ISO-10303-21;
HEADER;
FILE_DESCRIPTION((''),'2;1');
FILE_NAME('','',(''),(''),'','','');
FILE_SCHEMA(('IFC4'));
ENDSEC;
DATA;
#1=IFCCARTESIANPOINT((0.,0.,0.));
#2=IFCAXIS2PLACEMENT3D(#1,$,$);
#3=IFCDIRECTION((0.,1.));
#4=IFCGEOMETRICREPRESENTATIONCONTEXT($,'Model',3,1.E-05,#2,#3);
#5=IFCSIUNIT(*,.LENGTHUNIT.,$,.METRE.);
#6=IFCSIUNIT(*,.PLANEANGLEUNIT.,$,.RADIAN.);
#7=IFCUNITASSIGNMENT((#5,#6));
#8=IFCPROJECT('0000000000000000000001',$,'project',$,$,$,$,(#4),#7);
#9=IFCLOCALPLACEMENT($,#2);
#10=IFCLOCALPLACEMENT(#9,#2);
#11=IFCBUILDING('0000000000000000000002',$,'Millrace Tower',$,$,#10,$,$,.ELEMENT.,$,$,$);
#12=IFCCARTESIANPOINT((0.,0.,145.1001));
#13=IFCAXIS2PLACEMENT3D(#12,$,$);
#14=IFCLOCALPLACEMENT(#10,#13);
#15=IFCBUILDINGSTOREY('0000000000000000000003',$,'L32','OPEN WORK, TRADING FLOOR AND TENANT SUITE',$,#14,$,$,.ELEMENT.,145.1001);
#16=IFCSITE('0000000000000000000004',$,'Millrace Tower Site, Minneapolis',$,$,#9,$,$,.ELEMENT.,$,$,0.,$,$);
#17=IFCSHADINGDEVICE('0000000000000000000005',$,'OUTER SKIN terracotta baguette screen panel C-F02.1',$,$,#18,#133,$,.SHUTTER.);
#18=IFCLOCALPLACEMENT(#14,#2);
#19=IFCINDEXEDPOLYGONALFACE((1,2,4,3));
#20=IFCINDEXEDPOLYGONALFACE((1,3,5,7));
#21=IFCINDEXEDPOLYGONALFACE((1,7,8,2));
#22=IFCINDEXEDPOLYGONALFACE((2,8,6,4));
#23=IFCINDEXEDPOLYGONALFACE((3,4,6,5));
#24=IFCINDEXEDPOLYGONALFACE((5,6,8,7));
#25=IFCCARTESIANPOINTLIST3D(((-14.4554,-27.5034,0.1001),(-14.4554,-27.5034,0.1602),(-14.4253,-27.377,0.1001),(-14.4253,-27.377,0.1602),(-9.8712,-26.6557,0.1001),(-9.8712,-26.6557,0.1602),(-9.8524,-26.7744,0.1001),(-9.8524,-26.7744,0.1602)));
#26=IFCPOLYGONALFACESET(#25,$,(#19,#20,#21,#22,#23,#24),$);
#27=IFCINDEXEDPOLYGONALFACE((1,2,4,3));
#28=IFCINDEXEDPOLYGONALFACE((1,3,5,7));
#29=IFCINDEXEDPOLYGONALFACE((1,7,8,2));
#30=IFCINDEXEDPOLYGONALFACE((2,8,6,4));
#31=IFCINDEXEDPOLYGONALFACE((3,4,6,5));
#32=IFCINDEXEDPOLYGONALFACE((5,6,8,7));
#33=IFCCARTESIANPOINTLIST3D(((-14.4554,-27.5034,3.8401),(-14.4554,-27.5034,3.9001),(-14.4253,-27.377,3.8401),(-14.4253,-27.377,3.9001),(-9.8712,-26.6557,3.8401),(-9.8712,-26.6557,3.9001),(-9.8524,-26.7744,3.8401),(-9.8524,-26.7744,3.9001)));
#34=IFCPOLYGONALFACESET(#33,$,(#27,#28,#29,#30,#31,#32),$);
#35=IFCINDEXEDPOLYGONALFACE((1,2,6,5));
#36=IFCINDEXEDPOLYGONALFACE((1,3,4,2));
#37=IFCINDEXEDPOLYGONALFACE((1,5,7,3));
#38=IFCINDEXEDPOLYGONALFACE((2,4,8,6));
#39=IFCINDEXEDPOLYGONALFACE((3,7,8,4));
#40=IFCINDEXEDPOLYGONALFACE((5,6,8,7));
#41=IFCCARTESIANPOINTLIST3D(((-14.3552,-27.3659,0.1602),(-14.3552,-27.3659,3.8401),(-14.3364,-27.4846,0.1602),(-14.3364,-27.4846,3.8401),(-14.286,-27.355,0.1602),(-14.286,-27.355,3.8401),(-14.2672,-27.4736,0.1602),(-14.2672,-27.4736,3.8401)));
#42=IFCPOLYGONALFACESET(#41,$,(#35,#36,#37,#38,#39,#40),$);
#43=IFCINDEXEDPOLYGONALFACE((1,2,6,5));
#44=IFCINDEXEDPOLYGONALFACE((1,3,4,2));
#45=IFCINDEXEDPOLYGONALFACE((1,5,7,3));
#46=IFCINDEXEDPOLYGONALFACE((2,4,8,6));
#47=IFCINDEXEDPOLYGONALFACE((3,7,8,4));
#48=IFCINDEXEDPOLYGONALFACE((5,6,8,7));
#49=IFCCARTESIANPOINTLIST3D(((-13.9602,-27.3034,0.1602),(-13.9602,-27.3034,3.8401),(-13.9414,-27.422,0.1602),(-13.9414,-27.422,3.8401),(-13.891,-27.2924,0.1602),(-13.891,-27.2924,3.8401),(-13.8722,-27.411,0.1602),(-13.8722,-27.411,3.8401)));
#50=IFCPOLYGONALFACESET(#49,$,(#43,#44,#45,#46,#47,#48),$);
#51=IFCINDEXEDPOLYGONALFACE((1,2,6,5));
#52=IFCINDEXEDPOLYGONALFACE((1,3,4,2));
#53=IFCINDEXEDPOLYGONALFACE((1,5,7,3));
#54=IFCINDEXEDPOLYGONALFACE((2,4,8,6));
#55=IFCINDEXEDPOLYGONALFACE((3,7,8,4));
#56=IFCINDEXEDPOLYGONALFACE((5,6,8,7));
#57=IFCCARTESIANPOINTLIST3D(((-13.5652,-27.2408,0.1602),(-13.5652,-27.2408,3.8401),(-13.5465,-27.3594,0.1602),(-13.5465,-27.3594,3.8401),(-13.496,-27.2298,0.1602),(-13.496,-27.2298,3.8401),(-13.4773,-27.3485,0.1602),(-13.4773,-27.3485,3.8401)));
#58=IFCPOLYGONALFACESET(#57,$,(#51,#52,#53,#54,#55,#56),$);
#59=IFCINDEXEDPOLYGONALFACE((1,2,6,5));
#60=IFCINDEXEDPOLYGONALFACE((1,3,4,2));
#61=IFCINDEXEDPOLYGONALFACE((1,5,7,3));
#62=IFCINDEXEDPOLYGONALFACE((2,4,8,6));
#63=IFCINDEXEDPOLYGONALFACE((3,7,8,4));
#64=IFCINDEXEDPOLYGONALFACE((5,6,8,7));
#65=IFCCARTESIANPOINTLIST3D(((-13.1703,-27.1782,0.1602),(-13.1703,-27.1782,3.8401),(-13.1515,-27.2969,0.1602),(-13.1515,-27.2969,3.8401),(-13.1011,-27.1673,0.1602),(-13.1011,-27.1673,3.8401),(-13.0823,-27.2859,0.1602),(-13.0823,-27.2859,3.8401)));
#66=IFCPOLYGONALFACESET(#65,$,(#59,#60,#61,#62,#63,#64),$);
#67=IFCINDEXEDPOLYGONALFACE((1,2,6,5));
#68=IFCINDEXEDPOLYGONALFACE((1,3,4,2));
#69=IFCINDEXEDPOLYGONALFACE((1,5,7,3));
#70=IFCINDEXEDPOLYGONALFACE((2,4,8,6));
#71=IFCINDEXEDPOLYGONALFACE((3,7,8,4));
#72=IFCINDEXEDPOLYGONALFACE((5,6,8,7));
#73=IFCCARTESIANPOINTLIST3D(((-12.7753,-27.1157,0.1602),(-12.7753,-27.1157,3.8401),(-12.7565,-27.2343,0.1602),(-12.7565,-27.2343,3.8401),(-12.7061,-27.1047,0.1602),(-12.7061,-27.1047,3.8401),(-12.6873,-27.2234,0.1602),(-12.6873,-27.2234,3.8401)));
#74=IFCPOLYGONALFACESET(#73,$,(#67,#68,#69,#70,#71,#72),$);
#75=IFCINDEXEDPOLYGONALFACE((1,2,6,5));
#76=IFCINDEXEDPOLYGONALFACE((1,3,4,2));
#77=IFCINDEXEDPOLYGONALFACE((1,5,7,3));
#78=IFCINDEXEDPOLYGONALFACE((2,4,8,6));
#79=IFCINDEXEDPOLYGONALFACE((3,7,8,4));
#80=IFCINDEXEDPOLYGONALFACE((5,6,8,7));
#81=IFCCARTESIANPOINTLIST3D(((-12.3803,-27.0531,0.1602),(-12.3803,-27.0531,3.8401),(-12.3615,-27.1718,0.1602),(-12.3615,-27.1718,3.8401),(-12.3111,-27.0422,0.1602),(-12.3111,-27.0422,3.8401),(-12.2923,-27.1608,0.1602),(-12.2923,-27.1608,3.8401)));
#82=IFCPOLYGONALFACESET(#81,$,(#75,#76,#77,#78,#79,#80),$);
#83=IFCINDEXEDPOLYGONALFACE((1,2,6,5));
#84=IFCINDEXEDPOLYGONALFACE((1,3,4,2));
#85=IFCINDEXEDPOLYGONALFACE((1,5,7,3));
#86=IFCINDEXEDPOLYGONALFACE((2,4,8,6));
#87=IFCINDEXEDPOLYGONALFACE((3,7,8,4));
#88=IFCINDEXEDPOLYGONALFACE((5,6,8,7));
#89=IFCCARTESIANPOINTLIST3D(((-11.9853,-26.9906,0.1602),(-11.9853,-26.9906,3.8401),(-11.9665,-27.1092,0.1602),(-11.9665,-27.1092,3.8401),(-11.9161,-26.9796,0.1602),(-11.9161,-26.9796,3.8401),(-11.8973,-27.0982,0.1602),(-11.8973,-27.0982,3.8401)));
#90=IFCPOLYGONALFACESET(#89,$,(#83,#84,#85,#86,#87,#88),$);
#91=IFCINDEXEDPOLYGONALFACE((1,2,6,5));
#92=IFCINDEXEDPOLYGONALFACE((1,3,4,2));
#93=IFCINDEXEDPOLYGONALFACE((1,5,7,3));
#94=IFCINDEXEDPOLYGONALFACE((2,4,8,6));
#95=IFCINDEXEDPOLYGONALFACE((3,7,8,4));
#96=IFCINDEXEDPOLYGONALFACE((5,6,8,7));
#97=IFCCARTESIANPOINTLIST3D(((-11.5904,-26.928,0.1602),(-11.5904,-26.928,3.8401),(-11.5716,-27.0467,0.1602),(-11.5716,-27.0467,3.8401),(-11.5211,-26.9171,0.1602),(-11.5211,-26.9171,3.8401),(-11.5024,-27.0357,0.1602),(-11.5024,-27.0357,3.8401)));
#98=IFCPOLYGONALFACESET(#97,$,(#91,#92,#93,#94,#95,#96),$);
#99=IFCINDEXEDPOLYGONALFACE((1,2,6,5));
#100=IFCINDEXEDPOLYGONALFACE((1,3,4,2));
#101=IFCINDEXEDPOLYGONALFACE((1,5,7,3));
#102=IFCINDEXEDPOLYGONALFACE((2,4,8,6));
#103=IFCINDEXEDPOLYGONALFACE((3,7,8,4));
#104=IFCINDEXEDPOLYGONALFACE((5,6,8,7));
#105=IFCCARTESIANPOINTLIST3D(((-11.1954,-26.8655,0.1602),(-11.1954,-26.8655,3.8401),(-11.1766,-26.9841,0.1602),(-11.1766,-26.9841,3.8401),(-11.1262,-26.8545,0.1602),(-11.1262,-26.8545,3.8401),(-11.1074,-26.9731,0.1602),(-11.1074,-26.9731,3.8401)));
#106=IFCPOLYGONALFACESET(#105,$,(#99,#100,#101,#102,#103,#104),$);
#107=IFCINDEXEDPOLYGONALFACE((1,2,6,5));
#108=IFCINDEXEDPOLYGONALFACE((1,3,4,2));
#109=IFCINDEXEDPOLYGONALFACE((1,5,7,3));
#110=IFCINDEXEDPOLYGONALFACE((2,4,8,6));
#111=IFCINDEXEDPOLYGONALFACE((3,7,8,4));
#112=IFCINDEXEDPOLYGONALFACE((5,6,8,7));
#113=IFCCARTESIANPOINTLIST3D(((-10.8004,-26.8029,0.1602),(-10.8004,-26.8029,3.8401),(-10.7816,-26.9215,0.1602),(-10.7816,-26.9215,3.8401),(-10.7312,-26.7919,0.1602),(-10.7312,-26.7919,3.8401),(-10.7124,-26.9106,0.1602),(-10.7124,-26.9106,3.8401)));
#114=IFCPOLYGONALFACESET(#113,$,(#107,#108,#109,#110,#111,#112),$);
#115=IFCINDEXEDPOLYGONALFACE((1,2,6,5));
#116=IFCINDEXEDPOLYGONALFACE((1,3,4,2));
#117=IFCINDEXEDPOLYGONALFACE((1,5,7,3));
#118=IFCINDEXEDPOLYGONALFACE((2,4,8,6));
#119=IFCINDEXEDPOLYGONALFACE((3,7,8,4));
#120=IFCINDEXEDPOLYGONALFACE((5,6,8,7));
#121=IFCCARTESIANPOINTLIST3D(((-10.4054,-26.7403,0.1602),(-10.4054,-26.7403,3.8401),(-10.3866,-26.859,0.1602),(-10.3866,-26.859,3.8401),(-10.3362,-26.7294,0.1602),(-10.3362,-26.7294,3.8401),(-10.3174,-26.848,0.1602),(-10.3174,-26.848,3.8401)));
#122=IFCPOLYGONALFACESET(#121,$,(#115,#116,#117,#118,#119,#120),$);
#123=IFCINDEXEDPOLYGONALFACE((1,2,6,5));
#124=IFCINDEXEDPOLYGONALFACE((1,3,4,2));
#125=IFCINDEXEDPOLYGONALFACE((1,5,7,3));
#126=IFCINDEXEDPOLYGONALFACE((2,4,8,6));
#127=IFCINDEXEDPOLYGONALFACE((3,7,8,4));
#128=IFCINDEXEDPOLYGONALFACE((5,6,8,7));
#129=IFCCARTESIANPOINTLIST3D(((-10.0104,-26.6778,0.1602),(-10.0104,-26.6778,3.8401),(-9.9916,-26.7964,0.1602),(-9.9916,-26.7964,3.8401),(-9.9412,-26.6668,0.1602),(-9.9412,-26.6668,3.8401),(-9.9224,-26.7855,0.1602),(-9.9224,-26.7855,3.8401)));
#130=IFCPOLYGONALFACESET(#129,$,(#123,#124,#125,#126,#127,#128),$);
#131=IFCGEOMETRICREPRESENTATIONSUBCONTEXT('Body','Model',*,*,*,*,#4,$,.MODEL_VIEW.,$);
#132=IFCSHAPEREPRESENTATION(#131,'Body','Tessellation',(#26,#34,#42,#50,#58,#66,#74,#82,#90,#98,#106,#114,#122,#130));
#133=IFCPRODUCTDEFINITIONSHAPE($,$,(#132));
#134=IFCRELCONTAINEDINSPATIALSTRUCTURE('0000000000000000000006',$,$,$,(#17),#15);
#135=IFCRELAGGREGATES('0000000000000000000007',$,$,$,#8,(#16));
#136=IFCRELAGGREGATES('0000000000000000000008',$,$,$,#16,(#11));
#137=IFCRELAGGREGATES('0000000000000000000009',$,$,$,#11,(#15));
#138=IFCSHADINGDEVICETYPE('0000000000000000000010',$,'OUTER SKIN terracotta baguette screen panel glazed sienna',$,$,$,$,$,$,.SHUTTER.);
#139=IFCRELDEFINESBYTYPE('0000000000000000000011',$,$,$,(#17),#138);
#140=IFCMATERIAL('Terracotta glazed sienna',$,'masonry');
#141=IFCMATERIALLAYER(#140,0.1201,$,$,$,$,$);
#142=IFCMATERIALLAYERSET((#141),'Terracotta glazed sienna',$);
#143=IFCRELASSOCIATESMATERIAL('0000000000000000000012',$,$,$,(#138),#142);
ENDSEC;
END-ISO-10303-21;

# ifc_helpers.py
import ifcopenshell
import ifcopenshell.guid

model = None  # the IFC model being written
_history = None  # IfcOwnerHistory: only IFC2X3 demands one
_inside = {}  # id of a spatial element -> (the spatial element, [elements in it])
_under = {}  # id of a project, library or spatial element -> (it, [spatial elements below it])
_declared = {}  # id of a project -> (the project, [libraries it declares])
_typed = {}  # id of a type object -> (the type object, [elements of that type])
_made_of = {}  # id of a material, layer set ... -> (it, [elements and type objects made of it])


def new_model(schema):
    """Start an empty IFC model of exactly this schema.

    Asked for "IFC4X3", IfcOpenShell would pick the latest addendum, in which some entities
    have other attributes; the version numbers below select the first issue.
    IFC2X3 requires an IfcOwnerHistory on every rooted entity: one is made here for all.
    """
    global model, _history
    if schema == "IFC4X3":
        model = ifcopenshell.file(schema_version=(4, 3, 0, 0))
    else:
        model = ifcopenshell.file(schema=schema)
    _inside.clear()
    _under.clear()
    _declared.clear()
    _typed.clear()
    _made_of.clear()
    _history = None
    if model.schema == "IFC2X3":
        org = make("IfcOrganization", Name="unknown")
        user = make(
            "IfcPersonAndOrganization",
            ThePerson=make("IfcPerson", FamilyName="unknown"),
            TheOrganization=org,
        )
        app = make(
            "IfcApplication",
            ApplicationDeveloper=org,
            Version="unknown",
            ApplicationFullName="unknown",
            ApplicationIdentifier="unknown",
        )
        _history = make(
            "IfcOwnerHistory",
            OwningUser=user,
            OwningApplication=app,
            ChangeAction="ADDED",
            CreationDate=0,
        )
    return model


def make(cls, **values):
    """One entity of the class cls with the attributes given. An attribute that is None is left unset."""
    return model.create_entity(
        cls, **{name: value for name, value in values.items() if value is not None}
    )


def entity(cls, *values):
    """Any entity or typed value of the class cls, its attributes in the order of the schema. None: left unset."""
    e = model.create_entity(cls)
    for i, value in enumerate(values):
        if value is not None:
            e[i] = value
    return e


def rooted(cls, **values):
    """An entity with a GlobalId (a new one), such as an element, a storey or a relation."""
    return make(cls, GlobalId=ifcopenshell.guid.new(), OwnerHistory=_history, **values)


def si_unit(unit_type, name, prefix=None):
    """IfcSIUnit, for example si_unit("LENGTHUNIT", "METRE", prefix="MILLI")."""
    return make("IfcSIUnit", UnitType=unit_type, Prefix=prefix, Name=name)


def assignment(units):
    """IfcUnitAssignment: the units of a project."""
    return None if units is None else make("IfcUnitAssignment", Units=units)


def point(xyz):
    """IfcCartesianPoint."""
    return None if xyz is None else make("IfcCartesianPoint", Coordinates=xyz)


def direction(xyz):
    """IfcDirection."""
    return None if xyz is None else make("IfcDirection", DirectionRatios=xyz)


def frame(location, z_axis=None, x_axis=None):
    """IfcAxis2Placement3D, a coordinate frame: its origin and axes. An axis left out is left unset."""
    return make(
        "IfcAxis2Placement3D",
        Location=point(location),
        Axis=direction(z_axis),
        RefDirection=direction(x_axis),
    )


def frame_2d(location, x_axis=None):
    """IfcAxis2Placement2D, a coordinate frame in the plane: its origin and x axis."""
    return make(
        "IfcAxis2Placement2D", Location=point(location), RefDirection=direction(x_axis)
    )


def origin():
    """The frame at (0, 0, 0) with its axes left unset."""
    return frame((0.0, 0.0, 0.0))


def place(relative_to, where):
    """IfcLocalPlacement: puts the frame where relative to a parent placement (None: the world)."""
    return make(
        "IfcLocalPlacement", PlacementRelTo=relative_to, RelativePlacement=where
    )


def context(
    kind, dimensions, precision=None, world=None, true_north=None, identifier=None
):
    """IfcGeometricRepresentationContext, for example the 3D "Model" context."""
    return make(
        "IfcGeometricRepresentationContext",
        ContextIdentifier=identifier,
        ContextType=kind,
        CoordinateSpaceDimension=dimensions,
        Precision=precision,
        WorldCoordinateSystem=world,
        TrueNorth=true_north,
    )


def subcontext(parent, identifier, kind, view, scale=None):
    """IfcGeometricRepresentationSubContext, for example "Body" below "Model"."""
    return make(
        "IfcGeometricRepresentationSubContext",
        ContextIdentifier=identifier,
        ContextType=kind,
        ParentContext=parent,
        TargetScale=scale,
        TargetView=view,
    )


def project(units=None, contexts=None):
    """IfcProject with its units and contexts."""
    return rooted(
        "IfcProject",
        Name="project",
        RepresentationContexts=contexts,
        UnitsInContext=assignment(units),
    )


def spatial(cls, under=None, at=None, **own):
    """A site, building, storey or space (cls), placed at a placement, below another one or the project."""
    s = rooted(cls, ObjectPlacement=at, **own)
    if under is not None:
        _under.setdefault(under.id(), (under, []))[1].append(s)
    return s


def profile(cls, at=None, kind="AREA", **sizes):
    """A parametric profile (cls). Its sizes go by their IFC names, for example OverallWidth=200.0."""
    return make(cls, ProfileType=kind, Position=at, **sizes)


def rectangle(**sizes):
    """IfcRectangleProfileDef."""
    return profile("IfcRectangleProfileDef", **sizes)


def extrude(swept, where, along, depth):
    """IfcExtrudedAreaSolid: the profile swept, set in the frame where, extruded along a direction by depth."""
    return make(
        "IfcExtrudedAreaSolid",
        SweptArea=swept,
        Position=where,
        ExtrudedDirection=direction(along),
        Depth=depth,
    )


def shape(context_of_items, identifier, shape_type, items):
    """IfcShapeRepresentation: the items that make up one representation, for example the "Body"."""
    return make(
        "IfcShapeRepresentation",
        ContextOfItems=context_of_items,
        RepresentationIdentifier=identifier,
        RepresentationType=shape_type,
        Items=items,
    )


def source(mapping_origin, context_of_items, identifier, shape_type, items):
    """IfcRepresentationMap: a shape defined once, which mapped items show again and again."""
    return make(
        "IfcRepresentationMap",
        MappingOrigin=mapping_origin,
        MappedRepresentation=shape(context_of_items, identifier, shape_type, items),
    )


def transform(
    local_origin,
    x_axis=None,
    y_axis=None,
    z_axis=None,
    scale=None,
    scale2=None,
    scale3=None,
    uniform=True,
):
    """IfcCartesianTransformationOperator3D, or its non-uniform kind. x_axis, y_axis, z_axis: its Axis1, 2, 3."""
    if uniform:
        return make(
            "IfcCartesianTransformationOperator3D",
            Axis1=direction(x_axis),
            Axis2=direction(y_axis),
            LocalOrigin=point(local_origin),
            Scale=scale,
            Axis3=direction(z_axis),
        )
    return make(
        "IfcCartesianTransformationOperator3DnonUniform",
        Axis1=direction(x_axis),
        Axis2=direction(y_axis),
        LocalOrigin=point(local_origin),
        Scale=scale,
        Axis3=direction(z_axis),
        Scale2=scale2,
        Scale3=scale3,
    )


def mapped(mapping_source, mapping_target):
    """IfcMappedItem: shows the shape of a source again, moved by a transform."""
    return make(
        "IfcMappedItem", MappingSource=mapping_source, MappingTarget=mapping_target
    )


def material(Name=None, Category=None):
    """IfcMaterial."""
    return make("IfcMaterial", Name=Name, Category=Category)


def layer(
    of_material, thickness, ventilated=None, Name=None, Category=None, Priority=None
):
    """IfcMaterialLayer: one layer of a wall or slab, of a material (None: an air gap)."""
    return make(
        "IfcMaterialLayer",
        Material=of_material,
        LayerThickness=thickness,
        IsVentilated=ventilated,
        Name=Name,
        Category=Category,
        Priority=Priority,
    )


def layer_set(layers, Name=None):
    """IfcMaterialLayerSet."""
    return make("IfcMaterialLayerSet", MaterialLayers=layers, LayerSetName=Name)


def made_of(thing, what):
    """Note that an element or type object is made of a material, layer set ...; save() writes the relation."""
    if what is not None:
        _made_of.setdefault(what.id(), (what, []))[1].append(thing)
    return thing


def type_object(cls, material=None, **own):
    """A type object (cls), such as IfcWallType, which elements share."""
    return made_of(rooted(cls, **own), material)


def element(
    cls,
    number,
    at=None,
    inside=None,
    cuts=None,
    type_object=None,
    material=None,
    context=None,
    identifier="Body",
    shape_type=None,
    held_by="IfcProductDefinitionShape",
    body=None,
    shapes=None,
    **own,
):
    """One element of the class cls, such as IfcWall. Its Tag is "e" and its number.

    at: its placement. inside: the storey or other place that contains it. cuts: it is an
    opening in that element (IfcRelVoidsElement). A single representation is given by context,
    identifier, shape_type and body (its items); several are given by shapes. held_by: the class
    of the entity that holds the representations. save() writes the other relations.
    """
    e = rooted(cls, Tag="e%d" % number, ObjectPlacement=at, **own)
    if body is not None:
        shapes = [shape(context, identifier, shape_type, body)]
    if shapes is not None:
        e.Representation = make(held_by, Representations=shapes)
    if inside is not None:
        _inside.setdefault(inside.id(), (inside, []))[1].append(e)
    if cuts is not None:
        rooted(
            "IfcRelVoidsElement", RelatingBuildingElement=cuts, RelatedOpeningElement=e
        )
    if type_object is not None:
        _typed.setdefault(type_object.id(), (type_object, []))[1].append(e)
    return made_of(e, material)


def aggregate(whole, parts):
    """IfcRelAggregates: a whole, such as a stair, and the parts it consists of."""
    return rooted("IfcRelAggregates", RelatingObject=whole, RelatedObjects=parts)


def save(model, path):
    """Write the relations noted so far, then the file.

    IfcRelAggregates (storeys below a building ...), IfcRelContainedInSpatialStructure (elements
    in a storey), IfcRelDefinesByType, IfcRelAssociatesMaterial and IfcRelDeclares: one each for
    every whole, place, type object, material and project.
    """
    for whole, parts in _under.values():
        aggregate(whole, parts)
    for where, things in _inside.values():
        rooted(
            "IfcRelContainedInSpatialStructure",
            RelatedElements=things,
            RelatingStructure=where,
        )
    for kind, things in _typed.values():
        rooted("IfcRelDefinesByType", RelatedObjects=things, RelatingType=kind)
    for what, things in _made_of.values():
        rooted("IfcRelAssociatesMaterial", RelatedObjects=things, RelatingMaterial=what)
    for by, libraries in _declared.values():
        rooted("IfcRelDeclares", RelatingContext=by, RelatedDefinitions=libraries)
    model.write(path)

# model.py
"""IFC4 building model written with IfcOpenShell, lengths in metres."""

from ifc_helpers import new_model, entity, si_unit, direction, frame, frame_2d, origin, place, context, subcontext, project, spatial, rectangle, extrude, source, transform, mapped, material, layer, layer_set, type_object, element, save


model = new_model("IFC4")

# Units and contexts
model_context = context("Model", 3, precision=1e-05, world=origin(), true_north=direction((0.0, 1.0)))
body_context = subcontext(model_context, "Body", "Model", "MODEL_VIEW")
ifc_project = project(units=[si_unit("LENGTHUNIT", "METRE"), si_unit("PLANEANGLEUNIT", "RADIAN")], contexts=[model_context])

# Site, building, storey
site_placement = place(None, origin())
site = spatial("IfcSite", under=ifc_project, at=site_placement, Name="Millrace Tower Site, Minneapolis", CompositionType="ELEMENT", RefElevation=0.0)
building_placement = place(site_placement, origin())
building = spatial("IfcBuilding", under=site, at=building_placement, Name="Millrace Tower", CompositionType="ELEMENT")
storey_placement = place(building_placement, frame((0.0, 0.0, 145.1001)))
storey = spatial("IfcBuildingStorey", under=building, at=storey_placement, Name="L32", Description="OPEN WORK, TRADING FLOOR AND TENANT SUITE", CompositionType="ELEMENT", Elevation=145.1001)

# Shading device
ifc_material_1 = material(Name="Terracotta glazed sienna", Category="masonry")
ifc_layer_1 = layer(ifc_material_1, 0.1201)
ifc_layer_set_1 = layer_set([ifc_layer_1], Name="Terracotta glazed sienna")
shading_device_type = type_object("IfcShadingDeviceType", Name="OUTER SKIN terracotta baguette screen panel glazed sienna", PredefinedType="SHUTTER", material=ifc_layer_set_1)
cartesian_point_1 = entity("IfcCartesianPoint", [-2.293, 0.0601])
shared_polyline_1 = entity("IfcPolyline", [cartesian_point_1, entity("IfcCartesianPoint", [2.3179, 0.0601]), entity("IfcCartesianPoint", [2.3179, -0.0601]), entity("IfcCartesianPoint", [-2.3425, -0.0601]), cartesian_point_1])
shared_shape_1 = source(origin(), body_context, "Body", "SweptSolid", [
    entity("IfcExtrudedAreaSolid", entity("IfcArbitraryClosedProfileDef", "AREA", None, shared_polyline_1), entity("IfcAxis2Placement3D", entity("IfcCartesianPoint", [0.0, 0.0, 0.0])), entity("IfcDirection", [0.0, 0.0, 1.0]), 0.0601),
    entity("IfcExtrudedAreaSolid", entity("IfcArbitraryClosedProfileDef", "AREA", None, shared_polyline_1), entity("IfcAxis2Placement3D", entity("IfcCartesianPoint", [0.0, 0.0, 3.74])), entity("IfcDirection", [0.0, 0.0, 1.0]), 0.0601),
    extrude(rectangle(XDim=0.0701, YDim=0.1201, at=frame_2d((-2.187, 0.0))), frame((0.0, 0.0, 0.0601)), (0.0, 0.0, 1.0), 3.6799),
    extrude(rectangle(XDim=0.0701, YDim=0.1201, at=frame_2d((-1.7871, 0.0))), frame((0.0, 0.0, 0.0601)), (0.0, 0.0, 1.0), 3.6799),
    extrude(rectangle(XDim=0.0701, YDim=0.1201, at=frame_2d((-1.3872, 0.0))), frame((0.0, 0.0, 0.0601)), (0.0, 0.0, 1.0), 3.6799),
    extrude(rectangle(XDim=0.0701, YDim=0.1201, at=frame_2d((-0.9873, 0.0))), frame((0.0, 0.0, 0.0601)), (0.0, 0.0, 1.0), 3.6799),
    extrude(rectangle(XDim=0.0701, YDim=0.1201, at=frame_2d((-0.5874, 0.0))), frame((0.0, 0.0, 0.0601)), (0.0, 0.0, 1.0), 3.6799),
    extrude(rectangle(XDim=0.0701, YDim=0.1201, at=frame_2d((-0.1875, 0.0))), frame((0.0, 0.0, 0.0601)), (0.0, 0.0, 1.0), 3.6799),
    extrude(rectangle(XDim=0.0701, YDim=0.1201, at=frame_2d((0.2124, 0.0))), frame((0.0, 0.0, 0.0601)), (0.0, 0.0, 1.0), 3.6799),
    extrude(rectangle(XDim=0.0701, YDim=0.1201, at=frame_2d((0.6123, 0.0))), frame((0.0, 0.0, 0.0601)), (0.0, 0.0, 1.0), 3.6799),
    extrude(rectangle(XDim=0.0701, YDim=0.1201, at=frame_2d((1.0122, 0.0))), frame((0.0, 0.0, 0.0601)), (0.0, 0.0, 1.0), 3.6799),
    extrude(rectangle(XDim=0.0701, YDim=0.1201, at=frame_2d((1.4121, 0.0))), frame((0.0, 0.0, 0.0601)), (0.0, 0.0, 1.0), 3.6799),
    extrude(rectangle(XDim=0.0701, YDim=0.1201, at=frame_2d((1.812, 0.0))), frame((0.0, 0.0, 0.0601)), (0.0, 0.0, 1.0), 3.6799),
    extrude(rectangle(XDim=0.0701, YDim=0.1201, at=frame_2d((2.2119, 0.0))), frame((0.0, 0.0, 0.0601)), (0.0, 0.0, 1.0), 3.6799),
])
shading_device_placement = place(storey_placement, frame((-12.1511, -27.0776, 0.1001), z_axis=(0.0, 0.0, 1.0), x_axis=(0.987688, 0.156434, 0.0)))
element("IfcShadingDevice", 1, at=shading_device_placement, inside=storey, type_object=shading_device_type, Name="OUTER SKIN terracotta baguette screen panel C-F02.1", PredefinedType="SHUTTER", context=body_context, shape_type="MappedRepresentation", body=[
    mapped(shared_shape_1, transform((0.0, 0.0, 0.0), scale=1.0)),
])

save(model, "model.ifc")
